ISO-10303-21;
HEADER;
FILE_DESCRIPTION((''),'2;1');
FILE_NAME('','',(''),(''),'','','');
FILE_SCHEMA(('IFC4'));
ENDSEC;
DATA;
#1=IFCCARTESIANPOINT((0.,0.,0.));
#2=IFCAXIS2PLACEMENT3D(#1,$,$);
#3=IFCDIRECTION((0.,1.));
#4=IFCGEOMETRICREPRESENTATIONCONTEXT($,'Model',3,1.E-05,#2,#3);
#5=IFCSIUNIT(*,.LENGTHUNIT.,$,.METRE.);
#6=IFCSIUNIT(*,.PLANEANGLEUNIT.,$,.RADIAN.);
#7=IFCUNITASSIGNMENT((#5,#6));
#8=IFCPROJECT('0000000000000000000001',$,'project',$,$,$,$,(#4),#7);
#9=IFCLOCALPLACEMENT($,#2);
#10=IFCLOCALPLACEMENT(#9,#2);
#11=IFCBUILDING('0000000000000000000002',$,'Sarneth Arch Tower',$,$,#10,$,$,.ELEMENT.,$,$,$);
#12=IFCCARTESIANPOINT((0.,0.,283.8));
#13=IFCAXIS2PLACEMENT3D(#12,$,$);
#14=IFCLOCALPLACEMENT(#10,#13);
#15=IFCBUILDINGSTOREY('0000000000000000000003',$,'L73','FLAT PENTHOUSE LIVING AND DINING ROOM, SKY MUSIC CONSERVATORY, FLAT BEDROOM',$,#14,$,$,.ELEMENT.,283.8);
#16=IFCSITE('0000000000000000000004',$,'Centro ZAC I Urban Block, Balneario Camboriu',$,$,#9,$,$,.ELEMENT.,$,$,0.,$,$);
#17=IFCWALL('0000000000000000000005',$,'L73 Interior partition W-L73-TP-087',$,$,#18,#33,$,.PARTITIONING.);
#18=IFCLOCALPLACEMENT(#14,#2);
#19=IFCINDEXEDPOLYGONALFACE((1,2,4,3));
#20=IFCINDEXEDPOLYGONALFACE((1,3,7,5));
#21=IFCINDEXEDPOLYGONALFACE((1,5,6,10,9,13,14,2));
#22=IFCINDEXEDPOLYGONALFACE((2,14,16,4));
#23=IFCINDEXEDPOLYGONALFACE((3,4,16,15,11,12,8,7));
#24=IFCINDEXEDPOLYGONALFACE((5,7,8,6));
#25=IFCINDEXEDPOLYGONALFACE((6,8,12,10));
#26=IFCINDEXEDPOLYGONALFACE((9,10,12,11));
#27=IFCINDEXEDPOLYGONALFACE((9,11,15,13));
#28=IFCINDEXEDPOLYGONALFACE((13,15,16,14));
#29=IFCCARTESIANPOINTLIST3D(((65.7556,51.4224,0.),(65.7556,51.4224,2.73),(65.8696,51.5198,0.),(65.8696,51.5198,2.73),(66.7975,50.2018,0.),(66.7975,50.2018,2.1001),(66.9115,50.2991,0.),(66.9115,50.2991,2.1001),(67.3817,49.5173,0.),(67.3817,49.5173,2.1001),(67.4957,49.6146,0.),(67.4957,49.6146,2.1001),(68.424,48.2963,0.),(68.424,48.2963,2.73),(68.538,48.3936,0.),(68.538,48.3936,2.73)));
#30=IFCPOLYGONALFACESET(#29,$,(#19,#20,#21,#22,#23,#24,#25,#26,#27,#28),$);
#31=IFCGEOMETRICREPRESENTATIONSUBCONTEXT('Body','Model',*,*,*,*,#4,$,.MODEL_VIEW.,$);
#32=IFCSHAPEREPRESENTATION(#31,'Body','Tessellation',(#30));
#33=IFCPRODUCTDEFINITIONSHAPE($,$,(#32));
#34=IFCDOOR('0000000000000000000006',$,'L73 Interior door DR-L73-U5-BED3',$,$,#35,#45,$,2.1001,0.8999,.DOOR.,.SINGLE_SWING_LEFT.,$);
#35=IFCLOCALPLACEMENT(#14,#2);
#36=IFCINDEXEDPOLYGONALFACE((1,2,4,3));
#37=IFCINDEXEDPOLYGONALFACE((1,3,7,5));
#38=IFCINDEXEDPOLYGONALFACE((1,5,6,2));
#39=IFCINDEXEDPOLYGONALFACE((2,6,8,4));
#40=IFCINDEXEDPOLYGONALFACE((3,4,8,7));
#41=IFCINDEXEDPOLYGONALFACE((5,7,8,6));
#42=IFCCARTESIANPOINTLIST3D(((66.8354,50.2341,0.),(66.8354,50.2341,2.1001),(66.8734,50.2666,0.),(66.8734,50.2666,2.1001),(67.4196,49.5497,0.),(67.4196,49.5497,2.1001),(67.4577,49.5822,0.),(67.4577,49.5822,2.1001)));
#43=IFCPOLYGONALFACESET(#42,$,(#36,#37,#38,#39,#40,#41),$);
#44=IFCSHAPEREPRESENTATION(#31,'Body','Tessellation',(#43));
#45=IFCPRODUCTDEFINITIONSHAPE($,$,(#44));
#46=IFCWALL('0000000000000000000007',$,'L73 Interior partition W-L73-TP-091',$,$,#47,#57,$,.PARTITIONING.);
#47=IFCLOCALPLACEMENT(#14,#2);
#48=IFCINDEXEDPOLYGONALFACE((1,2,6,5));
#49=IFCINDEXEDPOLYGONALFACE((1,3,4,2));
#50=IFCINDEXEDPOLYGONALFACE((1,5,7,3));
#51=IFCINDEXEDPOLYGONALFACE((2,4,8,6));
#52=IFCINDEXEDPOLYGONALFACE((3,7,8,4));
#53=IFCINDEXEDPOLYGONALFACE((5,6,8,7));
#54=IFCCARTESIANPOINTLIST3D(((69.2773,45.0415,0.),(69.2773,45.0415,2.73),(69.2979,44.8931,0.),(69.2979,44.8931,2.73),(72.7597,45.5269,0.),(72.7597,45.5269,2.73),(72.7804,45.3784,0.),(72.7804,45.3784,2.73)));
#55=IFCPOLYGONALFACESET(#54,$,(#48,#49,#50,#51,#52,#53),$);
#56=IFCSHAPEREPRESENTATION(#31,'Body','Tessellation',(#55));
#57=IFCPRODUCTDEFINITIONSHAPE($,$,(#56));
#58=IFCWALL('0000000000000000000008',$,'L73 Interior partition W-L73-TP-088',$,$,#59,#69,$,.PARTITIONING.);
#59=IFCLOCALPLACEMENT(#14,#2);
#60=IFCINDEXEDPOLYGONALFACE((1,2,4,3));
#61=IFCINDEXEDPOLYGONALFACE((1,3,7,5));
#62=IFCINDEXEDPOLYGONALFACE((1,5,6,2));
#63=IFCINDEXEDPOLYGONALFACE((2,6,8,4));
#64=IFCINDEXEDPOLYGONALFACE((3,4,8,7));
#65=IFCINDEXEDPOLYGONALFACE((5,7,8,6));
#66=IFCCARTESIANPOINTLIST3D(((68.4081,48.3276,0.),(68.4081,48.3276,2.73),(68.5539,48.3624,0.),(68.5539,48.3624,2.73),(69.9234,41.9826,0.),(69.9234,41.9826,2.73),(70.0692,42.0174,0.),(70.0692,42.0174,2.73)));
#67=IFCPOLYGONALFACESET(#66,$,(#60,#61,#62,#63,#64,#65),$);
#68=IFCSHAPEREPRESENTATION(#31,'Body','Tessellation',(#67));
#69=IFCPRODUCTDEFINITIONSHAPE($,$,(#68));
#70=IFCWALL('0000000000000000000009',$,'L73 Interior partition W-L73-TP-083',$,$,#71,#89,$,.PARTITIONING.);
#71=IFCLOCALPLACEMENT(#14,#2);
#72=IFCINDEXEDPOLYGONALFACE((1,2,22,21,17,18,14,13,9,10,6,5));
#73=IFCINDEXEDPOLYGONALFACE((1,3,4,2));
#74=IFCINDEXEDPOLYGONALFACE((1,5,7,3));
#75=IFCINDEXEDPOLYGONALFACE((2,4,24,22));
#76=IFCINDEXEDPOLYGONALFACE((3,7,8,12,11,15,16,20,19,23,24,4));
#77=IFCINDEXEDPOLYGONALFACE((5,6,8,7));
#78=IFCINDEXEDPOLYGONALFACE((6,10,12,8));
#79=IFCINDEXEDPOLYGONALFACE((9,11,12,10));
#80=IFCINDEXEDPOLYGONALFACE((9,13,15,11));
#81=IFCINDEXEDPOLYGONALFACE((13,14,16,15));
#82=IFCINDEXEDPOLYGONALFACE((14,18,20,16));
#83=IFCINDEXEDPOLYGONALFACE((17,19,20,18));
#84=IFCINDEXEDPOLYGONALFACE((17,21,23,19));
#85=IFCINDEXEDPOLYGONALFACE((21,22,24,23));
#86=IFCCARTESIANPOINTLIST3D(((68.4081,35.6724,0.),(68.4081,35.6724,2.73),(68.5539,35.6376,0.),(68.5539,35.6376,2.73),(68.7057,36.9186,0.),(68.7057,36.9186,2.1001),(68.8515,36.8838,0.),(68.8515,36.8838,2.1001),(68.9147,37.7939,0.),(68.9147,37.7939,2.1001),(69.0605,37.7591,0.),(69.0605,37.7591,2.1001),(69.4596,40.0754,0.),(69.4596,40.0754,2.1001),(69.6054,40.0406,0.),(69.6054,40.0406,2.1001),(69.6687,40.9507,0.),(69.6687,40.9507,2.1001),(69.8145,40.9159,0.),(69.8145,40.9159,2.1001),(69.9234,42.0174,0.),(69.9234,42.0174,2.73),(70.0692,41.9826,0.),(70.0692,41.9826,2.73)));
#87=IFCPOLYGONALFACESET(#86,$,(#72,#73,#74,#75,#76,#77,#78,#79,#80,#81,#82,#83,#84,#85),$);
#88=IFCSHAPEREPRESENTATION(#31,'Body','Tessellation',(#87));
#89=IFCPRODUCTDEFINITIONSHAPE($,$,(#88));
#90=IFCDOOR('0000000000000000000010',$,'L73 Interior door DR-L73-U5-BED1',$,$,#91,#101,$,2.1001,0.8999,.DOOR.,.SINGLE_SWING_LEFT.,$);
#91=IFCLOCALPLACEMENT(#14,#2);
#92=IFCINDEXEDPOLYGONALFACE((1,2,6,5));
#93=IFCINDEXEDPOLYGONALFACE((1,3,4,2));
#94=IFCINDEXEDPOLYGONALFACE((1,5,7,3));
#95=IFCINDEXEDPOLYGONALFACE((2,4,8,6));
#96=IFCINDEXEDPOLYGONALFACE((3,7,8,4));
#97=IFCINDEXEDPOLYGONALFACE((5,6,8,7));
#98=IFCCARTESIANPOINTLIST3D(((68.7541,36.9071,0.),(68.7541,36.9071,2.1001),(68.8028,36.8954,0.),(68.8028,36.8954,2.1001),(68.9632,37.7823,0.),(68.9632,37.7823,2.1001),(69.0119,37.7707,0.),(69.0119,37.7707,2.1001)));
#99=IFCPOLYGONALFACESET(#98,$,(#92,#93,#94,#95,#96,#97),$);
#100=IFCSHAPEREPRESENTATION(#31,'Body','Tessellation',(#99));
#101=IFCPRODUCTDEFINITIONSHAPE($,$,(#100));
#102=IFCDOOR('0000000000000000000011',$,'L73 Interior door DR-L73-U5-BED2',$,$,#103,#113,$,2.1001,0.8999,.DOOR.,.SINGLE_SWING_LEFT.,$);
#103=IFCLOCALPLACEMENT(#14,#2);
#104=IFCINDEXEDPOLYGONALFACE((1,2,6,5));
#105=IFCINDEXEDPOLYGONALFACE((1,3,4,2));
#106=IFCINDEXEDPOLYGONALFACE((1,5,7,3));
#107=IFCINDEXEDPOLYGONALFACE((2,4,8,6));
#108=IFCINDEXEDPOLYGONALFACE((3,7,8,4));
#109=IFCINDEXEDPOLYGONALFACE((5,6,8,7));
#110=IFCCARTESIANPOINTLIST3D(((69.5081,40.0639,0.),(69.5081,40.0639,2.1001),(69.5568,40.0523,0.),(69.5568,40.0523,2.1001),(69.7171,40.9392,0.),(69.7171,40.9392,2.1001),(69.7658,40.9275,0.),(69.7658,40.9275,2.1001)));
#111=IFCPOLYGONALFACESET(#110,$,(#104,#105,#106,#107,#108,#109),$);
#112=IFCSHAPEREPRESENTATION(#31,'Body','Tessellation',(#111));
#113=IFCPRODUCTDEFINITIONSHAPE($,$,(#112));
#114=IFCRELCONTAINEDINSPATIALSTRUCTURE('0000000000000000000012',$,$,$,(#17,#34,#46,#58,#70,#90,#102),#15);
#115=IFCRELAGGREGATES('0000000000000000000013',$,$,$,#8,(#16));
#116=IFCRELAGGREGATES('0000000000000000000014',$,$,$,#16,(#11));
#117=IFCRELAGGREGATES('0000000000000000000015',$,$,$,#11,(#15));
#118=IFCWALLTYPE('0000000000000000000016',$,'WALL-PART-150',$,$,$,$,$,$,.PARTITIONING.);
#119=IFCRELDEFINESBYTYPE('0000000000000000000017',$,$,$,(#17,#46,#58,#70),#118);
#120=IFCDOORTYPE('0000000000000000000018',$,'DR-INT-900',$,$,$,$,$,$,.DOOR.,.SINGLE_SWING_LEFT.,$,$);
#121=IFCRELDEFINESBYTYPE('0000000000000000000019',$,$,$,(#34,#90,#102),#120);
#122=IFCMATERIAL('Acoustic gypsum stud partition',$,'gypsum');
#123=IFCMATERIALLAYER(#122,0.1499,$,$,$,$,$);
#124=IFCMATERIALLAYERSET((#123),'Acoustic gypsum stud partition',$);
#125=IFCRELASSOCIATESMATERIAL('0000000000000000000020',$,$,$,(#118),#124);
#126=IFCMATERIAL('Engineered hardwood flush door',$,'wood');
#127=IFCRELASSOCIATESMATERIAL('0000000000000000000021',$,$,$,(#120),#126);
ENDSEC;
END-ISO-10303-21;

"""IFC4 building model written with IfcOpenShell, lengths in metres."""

from ifc_helpers import new_model, si_unit, direction, frame, frame_2d, origin, place, context, subcontext, project, spatial, rectangle, extrude, material, layer, layer_set, type_object, element, fill, save


model = new_model("IFC4")

# Units and contexts
model_context = context("Model", 3, precision=1e-05, world=origin(), true_north=direction((0.0, 1.0)))
body_context = subcontext(model_context, "Body", "Model", "MODEL_VIEW")
ifc_project = project(units=[si_unit("LENGTHUNIT", "METRE"), si_unit("PLANEANGLEUNIT", "RADIAN")], contexts=[model_context])

# Site, building, storey
site_placement = place(None, origin())
site = spatial("IfcSite", under=ifc_project, at=site_placement, Name="Centro ZAC I Urban Block, Balneario Camboriu", CompositionType="ELEMENT", RefElevation=0.0)
building_placement = place(site_placement, origin())
building = spatial("IfcBuilding", under=site, at=building_placement, Name="Sarneth Arch Tower", CompositionType="ELEMENT")
storey_placement = place(building_placement, frame((0.0, 0.0, 283.8)))
storey = spatial("IfcBuildingStorey", under=building, at=storey_placement, Name="L73", Description="FLAT PENTHOUSE LIVING AND DINING ROOM, SKY MUSIC CONSERVATORY, FLAT BEDROOM", CompositionType="ELEMENT", Elevation=283.8)

# Wall, opening, door
ifc_material_1 = material(Name="Acoustic gypsum stud partition", Category="gypsum")
ifc_layer_1 = layer(ifc_material_1, 0.1499)
ifc_layer_set_1 = layer_set([ifc_layer_1], Name="Acoustic gypsum stud partition")
wall_type_1 = type_object("IfcWallType", Name="WALL-PART-150", PredefinedType="PARTITIONING", material=ifc_layer_set_1)
wall_1_placement = place(storey_placement, frame((65.8125, 51.4712, 0.0), z_axis=(0.0, 0.0, 1.0), x_axis=(0.649225, -0.760597, 0.0)))
wall_1 = element("IfcWall", 1, at=wall_1_placement, inside=storey, type_object=wall_type_1, Name="L73 Interior partition W-L73-TP-087", PredefinedType="PARTITIONING", context=body_context, shape_type="SweptSolid", body=[
    extrude(rectangle(XDim=4.1101, YDim=0.1499, at=frame_2d((2.0552, 0.0))), origin(), (0.0, 0.0, 1.0), 2.73),
])
opening_1_placement = place(wall_1_placement, frame((1.605, 0.0, 0.0)))
opening_1 = element("IfcOpeningElement", 2, at=opening_1_placement, cuts=wall_1, PredefinedType="OPENING", context=body_context, shape_type="SweptSolid", body=[
    extrude(rectangle(XDim=0.8999, YDim=2.1001, at=frame_2d((0.45, 1.05))), frame((0.0, 0.085, 0.0), z_axis=(0.0, -1.0, 0.0), x_axis=(1.0, 0.0, 0.0)), (0.0, 0.0, 1.0), 0.1699),
])
ifc_material_2 = material(Name="Engineered hardwood flush door", Category="wood")
door_type_1 = type_object("IfcDoorType", Name="DR-INT-900", OperationType="SINGLE_SWING_LEFT", PredefinedType="DOOR", material=ifc_material_2)
door_1_placement = place(opening_1_placement, origin())
door_1 = element("IfcDoor", 3, at=door_1_placement, inside=storey, type_object=door_type_1, Name="L73 Interior door DR-L73-U5-BED3", OperationType="SINGLE_SWING_LEFT", OverallHeight=2.1001, OverallWidth=0.8999, PredefinedType="DOOR", context=body_context, shape_type="SweptSolid", body=[
    extrude(rectangle(XDim=0.8999, YDim=2.1001, at=frame_2d((0.45, 1.05))), frame((0.0, 0.0249, 0.0), z_axis=(0.0, -1.0, 0.0), x_axis=(1.0, 0.0, 0.0)), (0.0, 0.0, 1.0), 0.05),
])
fill(opening_1, door_1)

# Walls
wall_2_placement = place(storey_placement, frame((69.2876, 44.9673, 0.0), z_axis=(0.0, 0.0, 1.0), x_axis=(0.990427, 0.138038, 0.0)))
element("IfcWall", 4, at=wall_2_placement, inside=storey, type_object=wall_type_1, Name="L73 Interior partition W-L73-TP-091", PredefinedType="PARTITIONING", context=body_context, shape_type="SweptSolid", body=[
    extrude(rectangle(XDim=3.5161, YDim=0.1499, at=frame_2d((1.7581, 0.0))), origin(), (0.0, 0.0, 1.0), 2.73),
])
wall_3_placement = place(storey_placement, frame((68.481, 48.345, 0.0), z_axis=(0.0, 0.0, 1.0), x_axis=(0.232298, -0.972645, 0.0)))
element("IfcWall", 5, at=wall_3_placement, inside=storey, type_object=wall_type_1, Name="L73 Interior partition W-L73-TP-088", PredefinedType="PARTITIONING", context=body_context, shape_type="SweptSolid", body=[
    extrude(rectangle(XDim=6.5234, YDim=0.1499, at=frame_2d((3.2617, 0.0))), origin(), (0.0, 0.0, 1.0), 2.73),
])

# Wall, openings, doors
wall_4_placement = place(storey_placement, frame((69.9963, 42.0, 0.0), z_axis=(0.0, 0.0, 1.0), x_axis=(-0.232298, -0.972645, 0.0)))
wall_4 = element("IfcWall", 6, at=wall_4_placement, inside=storey, type_object=wall_type_1, Name="L73 Interior partition W-L73-TP-083", PredefinedType="PARTITIONING", context=body_context, shape_type="SweptSolid", body=[
    extrude(rectangle(XDim=6.5234, YDim=0.1499, at=frame_2d((3.2617, 0.0))), origin(), (0.0, 0.0, 1.0), 2.73),
])
opening_2_placement = place(wall_4_placement, frame((4.3423, 0.0, 0.0)))
opening_2 = element("IfcOpeningElement", 7, at=opening_2_placement, cuts=wall_4, PredefinedType="OPENING", context=body_context, shape_type="SweptSolid", body=[
    extrude(rectangle(XDim=0.8999, YDim=2.1001, at=frame_2d((0.45, 1.05))), frame((0.0, 0.085, 0.0), z_axis=(0.0, -1.0, 0.0), x_axis=(1.0, 0.0, 0.0)), (0.0, 0.0, 1.0), 0.1699),
])
opening_3_placement = place(wall_4_placement, frame((1.0967, 0.0, 0.0)))
opening_3 = element("IfcOpeningElement", 8, at=opening_3_placement, cuts=wall_4, PredefinedType="OPENING", context=body_context, shape_type="SweptSolid", body=[
    extrude(rectangle(XDim=0.8999, YDim=2.1001, at=frame_2d((0.45, 1.05))), frame((0.0, 0.085, 0.0), z_axis=(0.0, -1.0, 0.0), x_axis=(1.0, 0.0, 0.0)), (0.0, 0.0, 1.0), 0.1699),
])
door_2_placement = place(opening_2_placement, origin())
door_2 = element("IfcDoor", 9, at=door_2_placement, inside=storey, type_object=door_type_1, Name="L73 Interior door DR-L73-U5-BED1", OperationType="SINGLE_SWING_LEFT", OverallHeight=2.1001, OverallWidth=0.8999, PredefinedType="DOOR", context=body_context, shape_type="SweptSolid", body=[
    extrude(rectangle(XDim=0.8999, YDim=2.1001, at=frame_2d((0.45, 1.05))), frame((0.0, 0.0249, 0.0), z_axis=(0.0, -1.0, 0.0), x_axis=(1.0, 0.0, 0.0)), (0.0, 0.0, 1.0), 0.05),
])
fill(opening_2, door_2)
door_3_placement = place(opening_3_placement, origin())
door_3 = element("IfcDoor", 10, at=door_3_placement, inside=storey, type_object=door_type_1, Name="L73 Interior door DR-L73-U5-BED2", OperationType="SINGLE_SWING_LEFT", OverallHeight=2.1001, OverallWidth=0.8999, PredefinedType="DOOR", context=body_context, shape_type="SweptSolid", body=[
    extrude(rectangle(XDim=0.8999, YDim=2.1001, at=frame_2d((0.45, 1.05))), frame((0.0, 0.0249, 0.0), z_axis=(0.0, -1.0, 0.0), x_axis=(1.0, 0.0, 0.0)), (0.0, 0.0, 1.0), 0.05),
])
fill(opening_3, door_3)

save(model, "model.ifc")
